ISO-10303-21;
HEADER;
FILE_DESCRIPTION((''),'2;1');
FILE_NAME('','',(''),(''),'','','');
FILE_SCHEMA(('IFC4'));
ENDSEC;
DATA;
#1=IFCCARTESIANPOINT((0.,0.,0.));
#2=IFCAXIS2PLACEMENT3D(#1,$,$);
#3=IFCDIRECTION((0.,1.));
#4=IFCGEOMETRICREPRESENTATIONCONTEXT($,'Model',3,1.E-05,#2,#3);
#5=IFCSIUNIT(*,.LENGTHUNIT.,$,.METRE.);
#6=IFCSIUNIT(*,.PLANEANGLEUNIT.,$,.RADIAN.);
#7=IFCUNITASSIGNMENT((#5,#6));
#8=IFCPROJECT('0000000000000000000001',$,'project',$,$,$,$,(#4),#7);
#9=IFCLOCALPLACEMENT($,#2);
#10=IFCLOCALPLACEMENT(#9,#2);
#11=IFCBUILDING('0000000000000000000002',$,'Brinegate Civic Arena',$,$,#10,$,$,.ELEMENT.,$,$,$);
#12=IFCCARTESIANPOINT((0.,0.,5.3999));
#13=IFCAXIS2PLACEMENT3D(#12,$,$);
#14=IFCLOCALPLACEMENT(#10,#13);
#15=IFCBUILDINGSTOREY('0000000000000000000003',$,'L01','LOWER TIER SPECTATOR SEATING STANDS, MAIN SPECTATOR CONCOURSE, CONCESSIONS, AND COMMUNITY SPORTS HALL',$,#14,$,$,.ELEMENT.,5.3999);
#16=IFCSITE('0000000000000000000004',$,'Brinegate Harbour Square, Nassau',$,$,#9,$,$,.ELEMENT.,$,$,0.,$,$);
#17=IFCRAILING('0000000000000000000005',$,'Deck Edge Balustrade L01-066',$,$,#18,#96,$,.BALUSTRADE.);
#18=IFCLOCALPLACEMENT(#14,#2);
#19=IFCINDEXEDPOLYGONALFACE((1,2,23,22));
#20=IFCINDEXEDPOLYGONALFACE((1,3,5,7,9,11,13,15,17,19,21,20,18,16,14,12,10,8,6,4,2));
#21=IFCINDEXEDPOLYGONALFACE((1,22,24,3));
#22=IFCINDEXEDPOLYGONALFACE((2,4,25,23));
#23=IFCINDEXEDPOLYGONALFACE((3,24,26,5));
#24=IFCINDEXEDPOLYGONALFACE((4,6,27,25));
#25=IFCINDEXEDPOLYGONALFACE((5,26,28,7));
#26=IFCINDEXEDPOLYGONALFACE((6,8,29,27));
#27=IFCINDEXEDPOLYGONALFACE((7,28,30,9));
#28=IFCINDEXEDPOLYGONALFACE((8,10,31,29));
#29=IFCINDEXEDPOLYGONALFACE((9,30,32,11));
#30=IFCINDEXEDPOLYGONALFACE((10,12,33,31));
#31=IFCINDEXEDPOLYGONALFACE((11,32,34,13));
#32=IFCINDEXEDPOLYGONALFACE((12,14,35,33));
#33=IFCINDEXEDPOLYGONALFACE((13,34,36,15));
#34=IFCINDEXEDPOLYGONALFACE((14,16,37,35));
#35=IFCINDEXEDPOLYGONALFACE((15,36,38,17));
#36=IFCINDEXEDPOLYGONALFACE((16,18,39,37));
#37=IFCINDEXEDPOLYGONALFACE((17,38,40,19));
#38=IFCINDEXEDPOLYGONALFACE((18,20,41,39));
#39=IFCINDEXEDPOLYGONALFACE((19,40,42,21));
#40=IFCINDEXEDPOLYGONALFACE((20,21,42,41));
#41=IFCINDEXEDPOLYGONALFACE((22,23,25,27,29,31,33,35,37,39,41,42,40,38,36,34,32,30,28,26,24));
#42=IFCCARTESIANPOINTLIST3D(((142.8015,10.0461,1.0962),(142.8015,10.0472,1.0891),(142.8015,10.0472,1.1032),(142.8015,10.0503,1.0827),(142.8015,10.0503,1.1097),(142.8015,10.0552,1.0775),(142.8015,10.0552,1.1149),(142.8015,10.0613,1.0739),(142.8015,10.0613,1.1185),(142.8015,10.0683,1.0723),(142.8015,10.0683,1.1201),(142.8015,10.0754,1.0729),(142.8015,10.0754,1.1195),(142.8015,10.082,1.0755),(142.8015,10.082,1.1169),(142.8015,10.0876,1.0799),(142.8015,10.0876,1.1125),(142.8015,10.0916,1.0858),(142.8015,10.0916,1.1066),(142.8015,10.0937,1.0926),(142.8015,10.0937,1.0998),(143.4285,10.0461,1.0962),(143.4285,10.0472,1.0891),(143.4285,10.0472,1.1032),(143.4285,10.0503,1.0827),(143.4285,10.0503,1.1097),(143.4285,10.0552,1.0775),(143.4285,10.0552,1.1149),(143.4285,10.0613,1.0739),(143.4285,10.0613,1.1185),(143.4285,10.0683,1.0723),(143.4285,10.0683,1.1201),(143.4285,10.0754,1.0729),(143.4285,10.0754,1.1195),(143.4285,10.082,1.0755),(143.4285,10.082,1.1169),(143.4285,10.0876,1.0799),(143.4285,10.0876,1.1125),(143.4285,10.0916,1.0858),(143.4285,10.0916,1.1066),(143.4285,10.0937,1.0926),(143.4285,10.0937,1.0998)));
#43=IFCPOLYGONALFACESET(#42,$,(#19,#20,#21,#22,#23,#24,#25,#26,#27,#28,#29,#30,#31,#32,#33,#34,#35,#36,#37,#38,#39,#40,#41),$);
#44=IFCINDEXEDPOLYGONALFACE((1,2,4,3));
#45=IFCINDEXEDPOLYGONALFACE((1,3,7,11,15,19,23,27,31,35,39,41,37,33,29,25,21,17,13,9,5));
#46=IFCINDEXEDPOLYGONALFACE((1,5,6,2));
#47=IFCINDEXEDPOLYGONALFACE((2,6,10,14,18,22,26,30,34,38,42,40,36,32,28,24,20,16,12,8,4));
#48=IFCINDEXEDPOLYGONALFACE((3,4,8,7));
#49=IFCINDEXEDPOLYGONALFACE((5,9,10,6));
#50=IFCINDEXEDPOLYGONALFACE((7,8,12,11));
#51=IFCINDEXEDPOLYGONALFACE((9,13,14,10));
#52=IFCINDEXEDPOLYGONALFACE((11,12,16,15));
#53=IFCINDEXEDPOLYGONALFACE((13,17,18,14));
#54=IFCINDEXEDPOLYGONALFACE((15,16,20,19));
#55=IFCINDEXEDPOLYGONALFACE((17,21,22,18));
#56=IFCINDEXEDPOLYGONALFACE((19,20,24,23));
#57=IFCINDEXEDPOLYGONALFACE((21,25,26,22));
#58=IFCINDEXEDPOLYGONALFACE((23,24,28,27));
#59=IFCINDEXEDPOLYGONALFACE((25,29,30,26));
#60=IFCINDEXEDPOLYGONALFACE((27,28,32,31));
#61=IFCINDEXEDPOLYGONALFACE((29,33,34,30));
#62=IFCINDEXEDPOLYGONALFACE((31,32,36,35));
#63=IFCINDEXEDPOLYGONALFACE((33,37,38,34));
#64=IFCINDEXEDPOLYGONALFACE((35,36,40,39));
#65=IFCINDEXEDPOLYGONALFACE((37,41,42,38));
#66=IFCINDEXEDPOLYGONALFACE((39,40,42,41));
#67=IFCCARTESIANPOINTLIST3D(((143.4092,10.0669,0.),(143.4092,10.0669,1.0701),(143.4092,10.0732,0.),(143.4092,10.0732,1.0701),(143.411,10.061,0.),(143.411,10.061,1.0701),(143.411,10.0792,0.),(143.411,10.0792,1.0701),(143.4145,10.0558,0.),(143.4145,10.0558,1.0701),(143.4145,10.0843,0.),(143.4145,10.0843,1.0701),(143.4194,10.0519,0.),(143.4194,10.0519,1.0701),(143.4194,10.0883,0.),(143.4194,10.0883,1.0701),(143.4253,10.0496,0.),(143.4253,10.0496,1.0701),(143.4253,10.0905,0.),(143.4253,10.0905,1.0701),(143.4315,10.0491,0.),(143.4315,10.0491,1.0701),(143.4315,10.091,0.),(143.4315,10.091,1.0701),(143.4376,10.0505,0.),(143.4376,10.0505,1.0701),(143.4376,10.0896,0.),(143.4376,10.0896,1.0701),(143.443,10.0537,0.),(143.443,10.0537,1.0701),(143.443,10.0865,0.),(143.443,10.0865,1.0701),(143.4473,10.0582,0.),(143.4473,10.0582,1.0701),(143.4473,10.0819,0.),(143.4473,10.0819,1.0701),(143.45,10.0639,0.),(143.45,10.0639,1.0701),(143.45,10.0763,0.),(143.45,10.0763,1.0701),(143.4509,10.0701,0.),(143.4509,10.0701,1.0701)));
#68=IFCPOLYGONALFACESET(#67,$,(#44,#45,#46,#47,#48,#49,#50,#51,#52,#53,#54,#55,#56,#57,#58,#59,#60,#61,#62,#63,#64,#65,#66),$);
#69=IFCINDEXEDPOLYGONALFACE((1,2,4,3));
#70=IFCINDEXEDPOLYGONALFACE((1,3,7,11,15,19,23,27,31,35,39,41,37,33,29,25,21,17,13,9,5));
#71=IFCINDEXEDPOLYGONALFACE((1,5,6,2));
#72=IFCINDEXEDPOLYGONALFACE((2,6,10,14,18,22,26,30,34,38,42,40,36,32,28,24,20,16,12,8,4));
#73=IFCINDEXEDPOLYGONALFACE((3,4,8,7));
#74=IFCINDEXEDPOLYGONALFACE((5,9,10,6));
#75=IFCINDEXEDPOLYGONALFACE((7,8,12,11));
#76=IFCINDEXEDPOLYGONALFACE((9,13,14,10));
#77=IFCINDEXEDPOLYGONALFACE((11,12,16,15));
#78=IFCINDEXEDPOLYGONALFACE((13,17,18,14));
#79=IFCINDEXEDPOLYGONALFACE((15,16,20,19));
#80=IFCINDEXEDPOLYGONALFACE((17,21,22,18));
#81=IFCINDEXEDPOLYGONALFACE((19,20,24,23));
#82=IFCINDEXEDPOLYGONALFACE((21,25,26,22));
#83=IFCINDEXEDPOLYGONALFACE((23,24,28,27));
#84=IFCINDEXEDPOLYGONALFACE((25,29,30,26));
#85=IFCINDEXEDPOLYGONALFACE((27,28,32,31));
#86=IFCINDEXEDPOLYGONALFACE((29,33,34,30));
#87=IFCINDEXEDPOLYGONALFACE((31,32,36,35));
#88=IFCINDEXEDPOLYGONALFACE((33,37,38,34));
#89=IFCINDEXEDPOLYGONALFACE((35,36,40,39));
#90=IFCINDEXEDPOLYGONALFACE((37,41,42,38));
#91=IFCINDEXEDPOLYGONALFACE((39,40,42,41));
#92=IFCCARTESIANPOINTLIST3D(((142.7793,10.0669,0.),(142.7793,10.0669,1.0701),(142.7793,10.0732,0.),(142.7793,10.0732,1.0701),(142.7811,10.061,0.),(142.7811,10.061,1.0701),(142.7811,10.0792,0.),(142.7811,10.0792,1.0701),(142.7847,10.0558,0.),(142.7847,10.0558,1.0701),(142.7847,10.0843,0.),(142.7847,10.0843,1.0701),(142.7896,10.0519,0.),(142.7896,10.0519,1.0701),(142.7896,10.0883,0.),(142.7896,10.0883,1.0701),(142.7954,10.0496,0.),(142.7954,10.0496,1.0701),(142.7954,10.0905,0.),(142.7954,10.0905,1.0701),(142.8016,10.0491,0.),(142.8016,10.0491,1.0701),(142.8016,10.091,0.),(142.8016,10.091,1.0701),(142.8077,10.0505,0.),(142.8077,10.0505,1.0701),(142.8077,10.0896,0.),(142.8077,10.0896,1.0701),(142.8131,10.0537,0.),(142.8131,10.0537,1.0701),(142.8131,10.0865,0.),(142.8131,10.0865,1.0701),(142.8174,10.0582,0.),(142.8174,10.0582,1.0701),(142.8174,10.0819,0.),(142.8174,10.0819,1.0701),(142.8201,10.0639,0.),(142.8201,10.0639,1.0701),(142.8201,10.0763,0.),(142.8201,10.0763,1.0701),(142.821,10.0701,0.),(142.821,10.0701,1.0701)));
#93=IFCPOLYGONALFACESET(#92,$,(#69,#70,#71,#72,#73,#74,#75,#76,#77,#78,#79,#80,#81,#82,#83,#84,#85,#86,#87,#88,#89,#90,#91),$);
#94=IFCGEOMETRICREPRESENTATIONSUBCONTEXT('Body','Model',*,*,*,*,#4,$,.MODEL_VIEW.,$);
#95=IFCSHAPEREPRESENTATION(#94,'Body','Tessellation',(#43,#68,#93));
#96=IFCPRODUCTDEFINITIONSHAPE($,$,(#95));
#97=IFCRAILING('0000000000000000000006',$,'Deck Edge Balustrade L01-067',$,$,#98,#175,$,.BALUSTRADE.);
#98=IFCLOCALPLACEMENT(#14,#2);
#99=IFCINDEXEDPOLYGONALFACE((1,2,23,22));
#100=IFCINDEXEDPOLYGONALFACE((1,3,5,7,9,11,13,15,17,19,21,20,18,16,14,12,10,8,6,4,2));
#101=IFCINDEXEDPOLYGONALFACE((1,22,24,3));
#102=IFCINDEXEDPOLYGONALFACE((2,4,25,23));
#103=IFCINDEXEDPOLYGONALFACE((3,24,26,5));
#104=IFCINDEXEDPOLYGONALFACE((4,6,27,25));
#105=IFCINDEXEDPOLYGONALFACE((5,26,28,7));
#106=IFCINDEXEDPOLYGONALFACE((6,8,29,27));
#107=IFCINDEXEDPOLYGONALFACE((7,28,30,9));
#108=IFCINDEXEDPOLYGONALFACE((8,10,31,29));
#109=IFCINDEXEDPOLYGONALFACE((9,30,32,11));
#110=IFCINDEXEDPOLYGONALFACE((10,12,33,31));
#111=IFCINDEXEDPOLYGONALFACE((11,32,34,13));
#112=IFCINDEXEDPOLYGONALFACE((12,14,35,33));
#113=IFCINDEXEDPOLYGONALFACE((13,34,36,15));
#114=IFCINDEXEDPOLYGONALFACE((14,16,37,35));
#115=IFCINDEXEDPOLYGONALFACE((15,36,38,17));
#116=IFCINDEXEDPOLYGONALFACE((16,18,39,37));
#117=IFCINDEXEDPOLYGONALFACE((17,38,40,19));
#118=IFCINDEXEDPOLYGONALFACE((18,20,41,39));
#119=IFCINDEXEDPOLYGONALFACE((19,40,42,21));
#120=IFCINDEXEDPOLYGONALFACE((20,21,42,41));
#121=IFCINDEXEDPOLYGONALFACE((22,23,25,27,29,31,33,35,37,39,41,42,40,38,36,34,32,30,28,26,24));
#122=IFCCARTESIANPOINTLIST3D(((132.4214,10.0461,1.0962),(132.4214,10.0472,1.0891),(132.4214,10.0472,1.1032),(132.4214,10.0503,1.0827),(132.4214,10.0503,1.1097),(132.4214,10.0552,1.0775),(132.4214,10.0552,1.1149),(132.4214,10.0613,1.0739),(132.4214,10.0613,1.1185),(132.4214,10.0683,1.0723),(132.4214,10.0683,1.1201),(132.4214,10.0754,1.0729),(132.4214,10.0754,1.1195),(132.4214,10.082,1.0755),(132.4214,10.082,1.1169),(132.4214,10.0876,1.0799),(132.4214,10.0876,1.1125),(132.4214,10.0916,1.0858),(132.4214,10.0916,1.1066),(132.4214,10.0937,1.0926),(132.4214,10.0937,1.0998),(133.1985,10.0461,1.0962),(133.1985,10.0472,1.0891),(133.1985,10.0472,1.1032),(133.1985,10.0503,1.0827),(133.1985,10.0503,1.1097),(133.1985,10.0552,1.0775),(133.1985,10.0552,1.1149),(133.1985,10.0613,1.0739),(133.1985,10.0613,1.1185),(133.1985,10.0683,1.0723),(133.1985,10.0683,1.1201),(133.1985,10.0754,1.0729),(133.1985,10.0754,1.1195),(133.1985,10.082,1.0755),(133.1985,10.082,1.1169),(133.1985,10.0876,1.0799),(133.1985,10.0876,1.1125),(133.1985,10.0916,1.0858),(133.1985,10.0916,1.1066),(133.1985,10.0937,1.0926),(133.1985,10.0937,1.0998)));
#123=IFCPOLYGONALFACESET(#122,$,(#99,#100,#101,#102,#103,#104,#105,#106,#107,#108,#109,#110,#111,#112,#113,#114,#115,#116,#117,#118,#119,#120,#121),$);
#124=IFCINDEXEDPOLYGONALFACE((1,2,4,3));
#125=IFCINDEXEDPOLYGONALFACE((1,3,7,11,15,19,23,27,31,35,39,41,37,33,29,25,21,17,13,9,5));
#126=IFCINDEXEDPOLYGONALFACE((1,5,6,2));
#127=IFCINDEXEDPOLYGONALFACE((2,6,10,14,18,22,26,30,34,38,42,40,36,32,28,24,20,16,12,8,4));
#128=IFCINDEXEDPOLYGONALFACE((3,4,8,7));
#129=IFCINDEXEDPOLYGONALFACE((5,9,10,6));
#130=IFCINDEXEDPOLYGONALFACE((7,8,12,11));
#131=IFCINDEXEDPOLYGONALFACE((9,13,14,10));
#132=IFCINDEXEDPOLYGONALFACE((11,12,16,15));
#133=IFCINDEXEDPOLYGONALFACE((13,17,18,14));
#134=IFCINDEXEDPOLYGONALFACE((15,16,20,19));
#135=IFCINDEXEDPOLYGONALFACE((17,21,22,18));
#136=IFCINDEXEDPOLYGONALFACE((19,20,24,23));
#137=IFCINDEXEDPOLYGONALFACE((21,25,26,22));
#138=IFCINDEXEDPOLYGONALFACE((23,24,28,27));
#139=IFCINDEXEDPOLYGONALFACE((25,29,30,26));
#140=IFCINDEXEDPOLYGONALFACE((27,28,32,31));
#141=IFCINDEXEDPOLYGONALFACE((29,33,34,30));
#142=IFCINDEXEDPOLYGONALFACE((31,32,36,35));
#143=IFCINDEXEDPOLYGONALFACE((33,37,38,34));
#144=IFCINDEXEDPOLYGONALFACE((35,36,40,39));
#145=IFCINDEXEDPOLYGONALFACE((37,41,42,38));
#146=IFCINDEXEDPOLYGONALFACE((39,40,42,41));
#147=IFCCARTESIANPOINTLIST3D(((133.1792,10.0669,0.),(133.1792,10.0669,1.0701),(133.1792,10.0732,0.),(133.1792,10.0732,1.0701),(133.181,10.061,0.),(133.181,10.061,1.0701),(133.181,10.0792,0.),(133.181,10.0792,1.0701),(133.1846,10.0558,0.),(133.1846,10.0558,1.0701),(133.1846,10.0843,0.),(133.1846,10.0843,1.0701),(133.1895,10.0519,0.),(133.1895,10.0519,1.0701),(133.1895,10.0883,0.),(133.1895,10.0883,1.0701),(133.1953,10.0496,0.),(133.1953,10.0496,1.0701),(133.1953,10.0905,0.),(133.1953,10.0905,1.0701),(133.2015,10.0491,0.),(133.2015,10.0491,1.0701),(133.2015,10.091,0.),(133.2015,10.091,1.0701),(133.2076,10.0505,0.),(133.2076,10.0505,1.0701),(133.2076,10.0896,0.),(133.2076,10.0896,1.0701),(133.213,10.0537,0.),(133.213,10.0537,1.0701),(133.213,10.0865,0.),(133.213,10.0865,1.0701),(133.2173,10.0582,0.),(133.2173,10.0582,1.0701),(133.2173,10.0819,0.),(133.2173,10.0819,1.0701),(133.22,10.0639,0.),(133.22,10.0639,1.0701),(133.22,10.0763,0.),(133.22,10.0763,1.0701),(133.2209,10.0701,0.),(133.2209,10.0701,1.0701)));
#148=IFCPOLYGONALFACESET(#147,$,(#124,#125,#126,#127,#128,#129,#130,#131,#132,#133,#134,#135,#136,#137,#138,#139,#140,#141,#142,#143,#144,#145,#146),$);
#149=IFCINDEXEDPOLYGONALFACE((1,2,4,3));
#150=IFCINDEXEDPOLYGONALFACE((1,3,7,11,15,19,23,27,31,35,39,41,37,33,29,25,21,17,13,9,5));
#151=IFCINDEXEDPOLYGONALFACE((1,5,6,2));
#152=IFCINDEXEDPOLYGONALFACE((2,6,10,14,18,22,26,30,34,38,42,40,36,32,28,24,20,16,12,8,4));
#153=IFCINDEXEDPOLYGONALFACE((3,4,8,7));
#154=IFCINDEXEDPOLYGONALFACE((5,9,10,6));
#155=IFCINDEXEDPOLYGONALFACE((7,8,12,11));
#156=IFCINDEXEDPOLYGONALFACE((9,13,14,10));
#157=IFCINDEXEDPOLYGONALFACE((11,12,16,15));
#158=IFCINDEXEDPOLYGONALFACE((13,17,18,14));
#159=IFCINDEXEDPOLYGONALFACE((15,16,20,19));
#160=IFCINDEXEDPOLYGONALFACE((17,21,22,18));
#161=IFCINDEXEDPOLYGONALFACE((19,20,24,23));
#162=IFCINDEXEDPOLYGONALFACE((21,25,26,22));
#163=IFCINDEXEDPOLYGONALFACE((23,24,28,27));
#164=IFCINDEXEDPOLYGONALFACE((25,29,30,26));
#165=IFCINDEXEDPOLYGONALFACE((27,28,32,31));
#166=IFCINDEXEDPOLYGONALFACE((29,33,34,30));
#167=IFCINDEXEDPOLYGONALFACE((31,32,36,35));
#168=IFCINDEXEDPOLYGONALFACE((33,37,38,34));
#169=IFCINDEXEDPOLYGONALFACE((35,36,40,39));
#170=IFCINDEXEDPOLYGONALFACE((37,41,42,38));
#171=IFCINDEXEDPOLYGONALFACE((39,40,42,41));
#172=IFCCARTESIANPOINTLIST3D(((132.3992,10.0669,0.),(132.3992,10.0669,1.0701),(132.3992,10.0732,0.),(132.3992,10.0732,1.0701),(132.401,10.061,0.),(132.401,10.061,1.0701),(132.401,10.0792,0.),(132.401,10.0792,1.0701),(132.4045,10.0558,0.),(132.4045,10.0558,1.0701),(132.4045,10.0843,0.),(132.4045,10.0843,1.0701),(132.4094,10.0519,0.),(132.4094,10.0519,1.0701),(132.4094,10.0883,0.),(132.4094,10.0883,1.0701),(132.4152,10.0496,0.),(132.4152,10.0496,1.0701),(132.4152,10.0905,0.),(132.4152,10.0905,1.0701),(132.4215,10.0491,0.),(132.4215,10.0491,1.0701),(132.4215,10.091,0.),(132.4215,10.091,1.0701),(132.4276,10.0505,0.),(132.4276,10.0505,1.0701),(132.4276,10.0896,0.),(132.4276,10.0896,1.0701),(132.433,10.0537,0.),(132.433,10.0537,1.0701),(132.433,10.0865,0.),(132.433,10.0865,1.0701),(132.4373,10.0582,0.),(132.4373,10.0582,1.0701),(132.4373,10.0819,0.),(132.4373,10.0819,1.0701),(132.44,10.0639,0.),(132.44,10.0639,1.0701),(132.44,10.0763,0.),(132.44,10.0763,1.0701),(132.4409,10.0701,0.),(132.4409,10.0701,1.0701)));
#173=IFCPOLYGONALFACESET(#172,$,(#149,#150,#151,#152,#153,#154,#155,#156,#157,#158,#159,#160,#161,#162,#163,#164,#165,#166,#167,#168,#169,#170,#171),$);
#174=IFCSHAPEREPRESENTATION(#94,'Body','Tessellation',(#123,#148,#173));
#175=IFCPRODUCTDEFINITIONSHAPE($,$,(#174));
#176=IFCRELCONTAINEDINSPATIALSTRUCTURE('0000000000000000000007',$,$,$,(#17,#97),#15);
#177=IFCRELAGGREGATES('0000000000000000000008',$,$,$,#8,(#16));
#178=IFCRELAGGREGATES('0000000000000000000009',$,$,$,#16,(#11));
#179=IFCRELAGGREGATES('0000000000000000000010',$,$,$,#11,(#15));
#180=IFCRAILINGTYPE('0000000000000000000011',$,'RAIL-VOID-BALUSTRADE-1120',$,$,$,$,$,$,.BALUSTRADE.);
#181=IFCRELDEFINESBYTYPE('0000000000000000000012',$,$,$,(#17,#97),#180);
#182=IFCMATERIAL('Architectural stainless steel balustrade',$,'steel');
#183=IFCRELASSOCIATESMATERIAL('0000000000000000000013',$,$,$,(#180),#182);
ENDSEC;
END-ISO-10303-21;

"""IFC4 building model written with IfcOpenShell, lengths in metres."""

from ifc_helpers import new_model, si_unit, direction, frame, origin, origin_2d, place, context, subcontext, project, spatial, circle, extrude, material, type_object, element, save


model = new_model("IFC4")

# Units and contexts
model_context = context("Model", 3, precision=1e-05, world=origin(), true_north=direction((0.0, 1.0)))
body_context = subcontext(model_context, "Body", "Model", "MODEL_VIEW")
ifc_project = project(units=[si_unit("LENGTHUNIT", "METRE"), si_unit("PLANEANGLEUNIT", "RADIAN")], contexts=[model_context])

# Site, building, storey
site_placement = place(None, origin())
site = spatial("IfcSite", under=ifc_project, at=site_placement, Name="Brinegate Harbour Square, Nassau", CompositionType="ELEMENT", RefElevation=0.0)
building_placement = place(site_placement, origin())
building = spatial("IfcBuilding", under=site, at=building_placement, Name="Brinegate Civic Arena", CompositionType="ELEMENT")
storey_placement = place(building_placement, frame((0.0, 0.0, 5.3999)))
storey = spatial("IfcBuildingStorey", under=building, at=storey_placement, Name="L01", Description="LOWER TIER SPECTATOR SEATING STANDS, MAIN SPECTATOR CONCOURSE, CONCESSIONS, AND COMMUNITY SPORTS HALL", CompositionType="ELEMENT", Elevation=5.3999)

# Railings
ifc_material_1 = material(Name="Architectural stainless steel balustrade", Category="steel")
railing_type_1 = type_object("IfcRailingType", Name="RAIL-VOID-BALUSTRADE-1120", PredefinedType="BALUSTRADE", material=ifc_material_1)
railing_1_placement = place(storey_placement, frame((143.4299, 10.0701, 0.0)))
element("IfcRailing", 1, at=railing_1_placement, inside=storey, type_object=railing_type_1, Name="Deck Edge Balustrade L01-066", PredefinedType="BALUSTRADE", context=body_context, shape_type="SweptSolid", body=[
    extrude(circle(Radius=0.0239, at=origin_2d()), frame((-0.0015, 0.0, 1.0962), z_axis=(-1.0, 0.0, 0.0), x_axis=(0.0, -1.0, 0.0)), (0.0, 0.0, 1.0), 0.627),
    extrude(circle(Radius=0.021, at=origin_2d()), origin(), (0.0, 0.0, 1.0), 1.0701),
    extrude(circle(Radius=0.021, at=origin_2d()), frame((-0.6299, 0.0, 0.0)), (0.0, 0.0, 1.0), 1.0701),
])
railing_2_placement = place(storey_placement, frame((133.2, 10.0701, 0.0)))
element("IfcRailing", 2, at=railing_2_placement, inside=storey, type_object=railing_type_1, Name="Deck Edge Balustrade L01-067", PredefinedType="BALUSTRADE", context=body_context, shape_type="SweptSolid", body=[
    extrude(circle(Radius=0.0239, at=origin_2d()), frame((-0.0015, 0.0, 1.0962), z_axis=(-1.0, 0.0, 0.0), x_axis=(0.0, -1.0, 0.0)), (0.0, 0.0, 1.0), 0.7771),
    extrude(circle(Radius=0.021, at=origin_2d()), origin(), (0.0, 0.0, 1.0), 1.0701),
    extrude(circle(Radius=0.021, at=origin_2d()), frame((-0.78, 0.0, 0.0)), (0.0, 0.0, 1.0), 1.0701),
])

save(model, "model.ifc")
